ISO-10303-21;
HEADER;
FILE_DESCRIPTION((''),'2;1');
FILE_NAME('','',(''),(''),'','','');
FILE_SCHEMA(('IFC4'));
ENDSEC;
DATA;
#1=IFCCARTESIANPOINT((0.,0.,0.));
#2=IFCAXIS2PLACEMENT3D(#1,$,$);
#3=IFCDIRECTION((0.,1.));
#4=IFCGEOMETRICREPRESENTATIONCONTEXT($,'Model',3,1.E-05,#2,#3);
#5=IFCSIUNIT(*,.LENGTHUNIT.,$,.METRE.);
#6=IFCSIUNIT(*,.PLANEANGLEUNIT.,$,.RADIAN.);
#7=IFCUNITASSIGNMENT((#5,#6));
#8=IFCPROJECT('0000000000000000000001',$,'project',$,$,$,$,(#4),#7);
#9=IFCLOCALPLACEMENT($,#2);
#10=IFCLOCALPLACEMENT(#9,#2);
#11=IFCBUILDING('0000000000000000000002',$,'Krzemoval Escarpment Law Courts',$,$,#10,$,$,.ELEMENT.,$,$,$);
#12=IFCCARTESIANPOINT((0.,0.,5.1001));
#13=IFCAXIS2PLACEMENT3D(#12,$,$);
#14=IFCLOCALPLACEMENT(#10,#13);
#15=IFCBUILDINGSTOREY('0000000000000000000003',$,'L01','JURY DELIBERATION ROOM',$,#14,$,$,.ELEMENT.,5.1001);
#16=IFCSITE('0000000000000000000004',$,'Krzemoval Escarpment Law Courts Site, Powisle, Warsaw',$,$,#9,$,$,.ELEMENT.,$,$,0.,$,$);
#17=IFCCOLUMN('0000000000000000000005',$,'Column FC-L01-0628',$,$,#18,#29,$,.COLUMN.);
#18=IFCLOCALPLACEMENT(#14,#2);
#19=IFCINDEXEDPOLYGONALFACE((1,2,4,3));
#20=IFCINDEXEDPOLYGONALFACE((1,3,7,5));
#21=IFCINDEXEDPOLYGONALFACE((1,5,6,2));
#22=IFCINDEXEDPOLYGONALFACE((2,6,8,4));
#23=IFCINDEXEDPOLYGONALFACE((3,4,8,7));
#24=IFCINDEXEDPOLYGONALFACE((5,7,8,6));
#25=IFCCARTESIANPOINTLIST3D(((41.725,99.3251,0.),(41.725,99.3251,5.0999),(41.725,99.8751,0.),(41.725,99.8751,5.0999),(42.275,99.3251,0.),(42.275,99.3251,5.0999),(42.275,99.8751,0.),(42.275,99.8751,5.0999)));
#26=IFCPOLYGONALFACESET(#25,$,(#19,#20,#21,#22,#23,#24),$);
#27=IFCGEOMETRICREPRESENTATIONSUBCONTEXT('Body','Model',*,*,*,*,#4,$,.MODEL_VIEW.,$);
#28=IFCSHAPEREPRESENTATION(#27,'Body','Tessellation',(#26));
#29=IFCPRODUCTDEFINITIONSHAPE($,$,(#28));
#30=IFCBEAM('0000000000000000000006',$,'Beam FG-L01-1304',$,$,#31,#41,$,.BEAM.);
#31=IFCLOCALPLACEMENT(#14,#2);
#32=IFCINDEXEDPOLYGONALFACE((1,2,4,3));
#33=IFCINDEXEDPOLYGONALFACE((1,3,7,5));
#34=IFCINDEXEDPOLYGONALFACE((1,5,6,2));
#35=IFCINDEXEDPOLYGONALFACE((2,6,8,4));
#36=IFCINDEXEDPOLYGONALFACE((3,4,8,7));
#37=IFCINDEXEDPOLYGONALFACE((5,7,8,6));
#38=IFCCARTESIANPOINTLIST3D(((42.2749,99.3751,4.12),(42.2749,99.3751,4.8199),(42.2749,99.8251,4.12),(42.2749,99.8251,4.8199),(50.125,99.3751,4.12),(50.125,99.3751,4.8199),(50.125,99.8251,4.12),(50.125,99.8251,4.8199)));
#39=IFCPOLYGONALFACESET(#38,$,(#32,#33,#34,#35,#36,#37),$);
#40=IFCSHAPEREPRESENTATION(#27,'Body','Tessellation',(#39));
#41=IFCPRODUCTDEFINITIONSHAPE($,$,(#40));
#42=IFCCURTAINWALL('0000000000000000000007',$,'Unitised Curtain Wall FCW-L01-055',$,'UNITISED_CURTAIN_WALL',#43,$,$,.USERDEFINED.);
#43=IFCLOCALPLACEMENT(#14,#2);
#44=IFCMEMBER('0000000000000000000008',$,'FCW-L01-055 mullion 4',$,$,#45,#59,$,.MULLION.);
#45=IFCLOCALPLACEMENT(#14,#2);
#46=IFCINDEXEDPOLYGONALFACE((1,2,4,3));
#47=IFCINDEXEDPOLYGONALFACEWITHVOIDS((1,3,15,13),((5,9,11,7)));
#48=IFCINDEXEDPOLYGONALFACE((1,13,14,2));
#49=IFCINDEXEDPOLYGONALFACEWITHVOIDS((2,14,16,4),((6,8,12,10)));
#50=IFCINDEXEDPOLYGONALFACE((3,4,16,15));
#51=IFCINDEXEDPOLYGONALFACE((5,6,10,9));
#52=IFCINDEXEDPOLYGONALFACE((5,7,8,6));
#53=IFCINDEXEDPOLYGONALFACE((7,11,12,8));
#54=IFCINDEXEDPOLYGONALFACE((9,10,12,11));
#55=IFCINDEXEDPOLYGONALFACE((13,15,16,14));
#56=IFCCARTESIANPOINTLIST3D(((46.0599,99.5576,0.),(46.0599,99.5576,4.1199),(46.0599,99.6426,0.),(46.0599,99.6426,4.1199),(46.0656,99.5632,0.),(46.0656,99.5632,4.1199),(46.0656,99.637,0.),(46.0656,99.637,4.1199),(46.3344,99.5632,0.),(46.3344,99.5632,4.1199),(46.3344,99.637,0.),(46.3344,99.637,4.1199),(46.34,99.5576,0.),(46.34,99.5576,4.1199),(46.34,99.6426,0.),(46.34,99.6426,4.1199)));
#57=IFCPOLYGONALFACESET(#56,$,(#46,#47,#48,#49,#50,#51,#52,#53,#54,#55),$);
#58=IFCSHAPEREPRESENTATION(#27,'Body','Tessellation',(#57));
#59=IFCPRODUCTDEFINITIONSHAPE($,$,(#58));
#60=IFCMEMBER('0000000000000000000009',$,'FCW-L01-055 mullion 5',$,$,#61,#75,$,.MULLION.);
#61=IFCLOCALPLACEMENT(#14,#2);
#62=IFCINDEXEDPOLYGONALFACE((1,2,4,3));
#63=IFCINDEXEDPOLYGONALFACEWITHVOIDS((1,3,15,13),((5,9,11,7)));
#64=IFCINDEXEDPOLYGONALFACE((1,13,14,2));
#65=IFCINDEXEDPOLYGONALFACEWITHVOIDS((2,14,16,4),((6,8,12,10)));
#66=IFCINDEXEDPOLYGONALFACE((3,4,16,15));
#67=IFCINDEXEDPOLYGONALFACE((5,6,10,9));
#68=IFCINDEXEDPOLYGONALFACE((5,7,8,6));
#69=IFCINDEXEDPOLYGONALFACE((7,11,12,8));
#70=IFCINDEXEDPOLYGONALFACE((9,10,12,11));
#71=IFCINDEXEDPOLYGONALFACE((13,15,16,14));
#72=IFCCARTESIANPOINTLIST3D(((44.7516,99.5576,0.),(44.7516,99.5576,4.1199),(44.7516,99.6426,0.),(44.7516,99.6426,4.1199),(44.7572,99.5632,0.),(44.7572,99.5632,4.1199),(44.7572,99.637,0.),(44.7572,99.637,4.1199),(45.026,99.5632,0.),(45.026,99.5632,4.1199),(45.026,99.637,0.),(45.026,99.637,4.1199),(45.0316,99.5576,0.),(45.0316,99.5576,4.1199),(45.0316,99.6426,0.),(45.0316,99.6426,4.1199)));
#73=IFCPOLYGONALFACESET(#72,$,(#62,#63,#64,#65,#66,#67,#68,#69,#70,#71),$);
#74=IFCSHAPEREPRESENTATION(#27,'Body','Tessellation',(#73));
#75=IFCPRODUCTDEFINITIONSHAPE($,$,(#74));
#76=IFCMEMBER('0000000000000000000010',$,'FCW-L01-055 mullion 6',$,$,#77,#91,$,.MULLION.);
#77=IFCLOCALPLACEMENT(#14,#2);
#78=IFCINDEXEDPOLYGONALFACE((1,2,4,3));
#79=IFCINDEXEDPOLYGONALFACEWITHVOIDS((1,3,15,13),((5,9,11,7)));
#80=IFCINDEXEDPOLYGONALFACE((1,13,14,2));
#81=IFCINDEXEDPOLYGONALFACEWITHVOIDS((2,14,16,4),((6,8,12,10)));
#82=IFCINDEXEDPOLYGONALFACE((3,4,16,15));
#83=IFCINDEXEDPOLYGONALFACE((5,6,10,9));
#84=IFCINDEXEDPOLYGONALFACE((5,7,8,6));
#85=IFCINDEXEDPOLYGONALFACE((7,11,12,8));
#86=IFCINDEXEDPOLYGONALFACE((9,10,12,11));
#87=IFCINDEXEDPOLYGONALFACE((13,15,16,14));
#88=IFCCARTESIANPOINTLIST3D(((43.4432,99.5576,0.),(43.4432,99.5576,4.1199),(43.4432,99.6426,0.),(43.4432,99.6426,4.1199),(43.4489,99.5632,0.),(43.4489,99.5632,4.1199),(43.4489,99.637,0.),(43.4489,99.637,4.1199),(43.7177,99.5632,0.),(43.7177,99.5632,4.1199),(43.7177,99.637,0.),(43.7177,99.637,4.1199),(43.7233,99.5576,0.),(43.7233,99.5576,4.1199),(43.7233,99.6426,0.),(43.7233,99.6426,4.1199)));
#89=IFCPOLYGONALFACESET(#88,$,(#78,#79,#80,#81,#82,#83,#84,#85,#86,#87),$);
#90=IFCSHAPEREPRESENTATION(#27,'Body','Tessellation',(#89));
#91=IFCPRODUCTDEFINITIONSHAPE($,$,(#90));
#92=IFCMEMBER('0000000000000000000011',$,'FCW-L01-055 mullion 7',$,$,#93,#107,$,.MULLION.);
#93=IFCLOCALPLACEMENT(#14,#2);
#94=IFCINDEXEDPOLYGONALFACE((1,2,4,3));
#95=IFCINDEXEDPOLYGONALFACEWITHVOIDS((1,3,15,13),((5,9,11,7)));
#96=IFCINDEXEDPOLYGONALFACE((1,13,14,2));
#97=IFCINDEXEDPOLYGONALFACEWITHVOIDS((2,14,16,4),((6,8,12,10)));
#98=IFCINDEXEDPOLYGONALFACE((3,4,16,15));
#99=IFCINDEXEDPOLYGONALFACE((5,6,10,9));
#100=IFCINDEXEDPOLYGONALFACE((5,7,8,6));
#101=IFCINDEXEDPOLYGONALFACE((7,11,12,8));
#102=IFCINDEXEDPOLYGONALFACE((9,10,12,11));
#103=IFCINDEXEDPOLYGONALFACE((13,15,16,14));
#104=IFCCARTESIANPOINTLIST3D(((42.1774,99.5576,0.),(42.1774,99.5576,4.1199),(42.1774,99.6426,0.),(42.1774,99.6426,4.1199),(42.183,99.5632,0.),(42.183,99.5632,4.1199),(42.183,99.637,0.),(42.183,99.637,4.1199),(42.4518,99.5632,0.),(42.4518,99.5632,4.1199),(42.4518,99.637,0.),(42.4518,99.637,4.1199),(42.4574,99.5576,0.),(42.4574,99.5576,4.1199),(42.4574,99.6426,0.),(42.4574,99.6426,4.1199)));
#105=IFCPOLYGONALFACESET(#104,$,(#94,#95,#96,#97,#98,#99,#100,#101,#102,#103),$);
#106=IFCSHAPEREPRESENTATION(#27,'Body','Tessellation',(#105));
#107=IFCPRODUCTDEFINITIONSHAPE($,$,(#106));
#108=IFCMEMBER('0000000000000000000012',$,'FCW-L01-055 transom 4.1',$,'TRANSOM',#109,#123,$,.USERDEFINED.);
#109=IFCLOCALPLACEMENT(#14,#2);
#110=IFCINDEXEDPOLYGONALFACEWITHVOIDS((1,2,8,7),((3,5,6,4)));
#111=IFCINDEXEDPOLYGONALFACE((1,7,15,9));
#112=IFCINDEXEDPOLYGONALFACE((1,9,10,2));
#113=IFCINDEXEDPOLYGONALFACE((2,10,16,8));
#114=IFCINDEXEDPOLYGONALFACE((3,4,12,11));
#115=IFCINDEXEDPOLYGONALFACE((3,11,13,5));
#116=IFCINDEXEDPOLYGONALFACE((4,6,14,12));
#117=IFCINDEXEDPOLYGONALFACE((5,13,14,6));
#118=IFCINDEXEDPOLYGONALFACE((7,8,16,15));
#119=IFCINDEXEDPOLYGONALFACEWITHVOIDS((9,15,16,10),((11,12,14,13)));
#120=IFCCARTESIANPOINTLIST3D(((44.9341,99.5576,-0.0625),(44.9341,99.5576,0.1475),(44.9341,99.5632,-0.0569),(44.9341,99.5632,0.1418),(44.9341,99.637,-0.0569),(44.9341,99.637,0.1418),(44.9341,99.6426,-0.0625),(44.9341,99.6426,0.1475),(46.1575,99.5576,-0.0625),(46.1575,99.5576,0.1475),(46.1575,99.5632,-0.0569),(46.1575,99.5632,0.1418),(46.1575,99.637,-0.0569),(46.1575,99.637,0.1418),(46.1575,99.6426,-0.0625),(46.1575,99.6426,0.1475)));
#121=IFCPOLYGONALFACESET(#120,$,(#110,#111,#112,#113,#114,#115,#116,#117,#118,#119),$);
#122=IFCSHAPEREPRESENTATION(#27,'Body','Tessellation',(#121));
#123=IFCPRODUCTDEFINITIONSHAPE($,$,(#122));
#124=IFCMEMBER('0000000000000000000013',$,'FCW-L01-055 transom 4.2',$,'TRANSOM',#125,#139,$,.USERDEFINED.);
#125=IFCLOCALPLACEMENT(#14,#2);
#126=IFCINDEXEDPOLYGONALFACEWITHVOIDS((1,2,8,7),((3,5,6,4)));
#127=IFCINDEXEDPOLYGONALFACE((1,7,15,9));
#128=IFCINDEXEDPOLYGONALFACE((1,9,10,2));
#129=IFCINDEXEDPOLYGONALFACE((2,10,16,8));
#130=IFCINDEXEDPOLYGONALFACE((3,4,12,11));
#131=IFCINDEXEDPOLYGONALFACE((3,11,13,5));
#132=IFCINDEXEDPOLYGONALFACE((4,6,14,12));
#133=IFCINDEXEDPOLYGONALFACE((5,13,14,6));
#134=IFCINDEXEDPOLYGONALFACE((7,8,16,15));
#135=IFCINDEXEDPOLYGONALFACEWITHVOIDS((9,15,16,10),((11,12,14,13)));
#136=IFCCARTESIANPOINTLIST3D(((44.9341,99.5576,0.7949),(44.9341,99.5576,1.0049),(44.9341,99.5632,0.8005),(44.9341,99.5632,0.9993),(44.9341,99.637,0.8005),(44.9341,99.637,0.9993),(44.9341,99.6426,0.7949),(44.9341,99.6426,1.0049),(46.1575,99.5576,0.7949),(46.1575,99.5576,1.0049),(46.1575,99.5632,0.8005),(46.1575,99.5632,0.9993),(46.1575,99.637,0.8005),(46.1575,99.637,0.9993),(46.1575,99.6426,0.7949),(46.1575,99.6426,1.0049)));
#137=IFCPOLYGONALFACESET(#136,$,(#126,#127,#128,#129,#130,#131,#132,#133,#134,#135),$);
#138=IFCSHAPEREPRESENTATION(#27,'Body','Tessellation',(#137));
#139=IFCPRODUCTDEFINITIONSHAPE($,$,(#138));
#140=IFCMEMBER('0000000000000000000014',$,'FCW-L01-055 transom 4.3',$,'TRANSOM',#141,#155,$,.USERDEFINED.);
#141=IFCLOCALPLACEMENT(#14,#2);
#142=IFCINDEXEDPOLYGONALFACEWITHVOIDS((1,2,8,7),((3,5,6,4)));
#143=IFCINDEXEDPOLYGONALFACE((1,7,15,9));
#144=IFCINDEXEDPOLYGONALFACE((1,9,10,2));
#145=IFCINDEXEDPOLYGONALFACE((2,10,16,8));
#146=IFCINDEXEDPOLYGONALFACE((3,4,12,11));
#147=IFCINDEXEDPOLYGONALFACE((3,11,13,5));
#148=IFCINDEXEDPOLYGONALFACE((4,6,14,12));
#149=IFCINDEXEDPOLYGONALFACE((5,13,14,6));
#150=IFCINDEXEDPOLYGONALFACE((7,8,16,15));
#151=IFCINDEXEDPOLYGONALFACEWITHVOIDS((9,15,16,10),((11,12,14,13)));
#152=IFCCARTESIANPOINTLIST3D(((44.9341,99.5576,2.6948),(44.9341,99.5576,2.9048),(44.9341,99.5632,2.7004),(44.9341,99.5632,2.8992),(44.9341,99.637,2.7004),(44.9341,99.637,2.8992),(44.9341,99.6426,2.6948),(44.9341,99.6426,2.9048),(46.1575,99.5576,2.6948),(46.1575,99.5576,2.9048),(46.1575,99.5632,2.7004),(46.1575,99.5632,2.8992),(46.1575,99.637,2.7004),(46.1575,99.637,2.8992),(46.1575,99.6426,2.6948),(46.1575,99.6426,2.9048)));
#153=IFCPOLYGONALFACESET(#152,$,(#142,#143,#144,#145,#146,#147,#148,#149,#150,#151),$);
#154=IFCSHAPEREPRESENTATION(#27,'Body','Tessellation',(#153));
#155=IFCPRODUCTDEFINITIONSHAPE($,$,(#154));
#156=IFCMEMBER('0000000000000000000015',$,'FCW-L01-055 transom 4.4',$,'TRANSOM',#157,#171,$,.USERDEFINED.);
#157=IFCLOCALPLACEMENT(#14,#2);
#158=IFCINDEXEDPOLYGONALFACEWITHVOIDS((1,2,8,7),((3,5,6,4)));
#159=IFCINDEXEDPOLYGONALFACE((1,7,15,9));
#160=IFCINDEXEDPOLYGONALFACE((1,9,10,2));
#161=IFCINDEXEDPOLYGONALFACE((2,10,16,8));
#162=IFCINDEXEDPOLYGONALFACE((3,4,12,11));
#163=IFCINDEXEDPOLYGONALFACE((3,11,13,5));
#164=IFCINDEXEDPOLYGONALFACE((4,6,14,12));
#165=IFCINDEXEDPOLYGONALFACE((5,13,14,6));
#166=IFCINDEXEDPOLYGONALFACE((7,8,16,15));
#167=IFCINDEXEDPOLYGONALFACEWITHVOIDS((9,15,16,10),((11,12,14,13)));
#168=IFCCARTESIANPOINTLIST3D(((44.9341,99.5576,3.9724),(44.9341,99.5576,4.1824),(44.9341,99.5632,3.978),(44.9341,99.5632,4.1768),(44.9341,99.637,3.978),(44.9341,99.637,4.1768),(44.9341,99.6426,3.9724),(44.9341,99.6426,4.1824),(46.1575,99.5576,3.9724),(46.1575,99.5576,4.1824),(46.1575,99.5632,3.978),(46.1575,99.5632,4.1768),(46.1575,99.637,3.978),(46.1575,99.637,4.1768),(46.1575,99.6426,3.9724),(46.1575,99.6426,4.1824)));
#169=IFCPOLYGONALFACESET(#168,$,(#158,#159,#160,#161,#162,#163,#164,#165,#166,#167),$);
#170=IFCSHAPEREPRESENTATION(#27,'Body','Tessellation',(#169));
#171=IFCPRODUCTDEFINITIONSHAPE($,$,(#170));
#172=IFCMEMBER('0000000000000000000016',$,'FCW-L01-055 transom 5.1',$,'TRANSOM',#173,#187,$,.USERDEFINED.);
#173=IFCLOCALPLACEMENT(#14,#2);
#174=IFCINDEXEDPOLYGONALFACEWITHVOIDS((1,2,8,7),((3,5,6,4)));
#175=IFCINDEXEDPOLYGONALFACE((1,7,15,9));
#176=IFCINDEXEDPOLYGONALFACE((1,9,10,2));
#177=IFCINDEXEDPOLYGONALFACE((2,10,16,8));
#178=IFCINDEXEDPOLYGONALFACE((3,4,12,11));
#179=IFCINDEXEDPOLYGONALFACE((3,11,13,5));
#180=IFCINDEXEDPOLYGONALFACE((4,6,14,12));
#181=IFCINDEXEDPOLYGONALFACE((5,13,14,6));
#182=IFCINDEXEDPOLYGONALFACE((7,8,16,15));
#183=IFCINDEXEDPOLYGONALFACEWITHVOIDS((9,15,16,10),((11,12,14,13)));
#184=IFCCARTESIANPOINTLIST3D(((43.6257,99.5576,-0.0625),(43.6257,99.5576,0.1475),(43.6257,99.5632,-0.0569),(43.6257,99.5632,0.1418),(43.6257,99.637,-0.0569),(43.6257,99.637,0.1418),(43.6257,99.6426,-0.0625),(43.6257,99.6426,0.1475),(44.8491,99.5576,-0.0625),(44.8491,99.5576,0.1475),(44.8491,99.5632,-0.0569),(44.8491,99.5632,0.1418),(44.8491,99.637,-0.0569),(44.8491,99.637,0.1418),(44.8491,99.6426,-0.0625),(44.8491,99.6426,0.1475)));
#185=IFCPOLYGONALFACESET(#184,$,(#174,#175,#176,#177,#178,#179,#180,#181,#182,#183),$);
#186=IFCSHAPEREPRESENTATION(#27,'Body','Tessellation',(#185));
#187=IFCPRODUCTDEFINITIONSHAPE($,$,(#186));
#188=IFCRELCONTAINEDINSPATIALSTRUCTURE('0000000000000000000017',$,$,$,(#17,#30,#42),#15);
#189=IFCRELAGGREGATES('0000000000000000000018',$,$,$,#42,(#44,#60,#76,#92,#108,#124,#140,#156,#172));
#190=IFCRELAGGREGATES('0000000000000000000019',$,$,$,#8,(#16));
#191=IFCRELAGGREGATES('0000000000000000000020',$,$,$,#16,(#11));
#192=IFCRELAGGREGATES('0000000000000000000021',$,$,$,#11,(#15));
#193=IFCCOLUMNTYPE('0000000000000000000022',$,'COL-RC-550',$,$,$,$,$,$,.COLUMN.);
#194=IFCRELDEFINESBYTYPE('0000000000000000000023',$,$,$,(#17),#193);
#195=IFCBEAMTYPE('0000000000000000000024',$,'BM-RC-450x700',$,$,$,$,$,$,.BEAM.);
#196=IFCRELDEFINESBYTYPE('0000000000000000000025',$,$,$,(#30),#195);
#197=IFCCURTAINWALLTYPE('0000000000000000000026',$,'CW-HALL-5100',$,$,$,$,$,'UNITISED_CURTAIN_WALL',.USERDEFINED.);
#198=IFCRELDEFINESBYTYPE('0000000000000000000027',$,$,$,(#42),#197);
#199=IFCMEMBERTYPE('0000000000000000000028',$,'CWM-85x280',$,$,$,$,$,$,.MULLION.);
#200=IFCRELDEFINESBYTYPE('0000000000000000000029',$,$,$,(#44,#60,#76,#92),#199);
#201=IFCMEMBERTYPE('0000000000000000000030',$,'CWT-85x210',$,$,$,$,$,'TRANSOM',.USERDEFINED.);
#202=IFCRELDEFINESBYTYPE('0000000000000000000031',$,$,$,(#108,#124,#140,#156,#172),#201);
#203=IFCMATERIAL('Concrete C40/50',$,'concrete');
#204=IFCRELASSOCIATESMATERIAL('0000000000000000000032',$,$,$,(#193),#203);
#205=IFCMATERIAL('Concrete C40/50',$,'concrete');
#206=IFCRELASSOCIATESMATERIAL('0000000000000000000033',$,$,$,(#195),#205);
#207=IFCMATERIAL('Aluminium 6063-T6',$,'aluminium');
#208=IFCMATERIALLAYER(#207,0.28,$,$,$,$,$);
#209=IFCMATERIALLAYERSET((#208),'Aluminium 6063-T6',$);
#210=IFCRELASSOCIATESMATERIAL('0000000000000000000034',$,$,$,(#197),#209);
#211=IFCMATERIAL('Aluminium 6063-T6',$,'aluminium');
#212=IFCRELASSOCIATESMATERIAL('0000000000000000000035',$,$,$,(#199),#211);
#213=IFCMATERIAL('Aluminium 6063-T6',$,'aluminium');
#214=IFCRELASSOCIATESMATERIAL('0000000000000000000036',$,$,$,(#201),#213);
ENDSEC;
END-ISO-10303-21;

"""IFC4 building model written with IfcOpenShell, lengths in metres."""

from ifc_helpers import new_model, si_unit, direction, frame, origin, origin_2d, place, context, subcontext, project, spatial, rectangle, hollow_rectangle, extrude, material, layer, layer_set, material_profile, profile_set, type_object, element, aggregate, save


model = new_model("IFC4")

# Units and contexts
model_context = context("Model", 3, precision=1e-05, world=origin(), true_north=direction((0.0, 1.0)))
body_context = subcontext(model_context, "Body", "Model", "MODEL_VIEW")
ifc_project = project(units=[si_unit("LENGTHUNIT", "METRE"), si_unit("PLANEANGLEUNIT", "RADIAN")], contexts=[model_context])

# Site, building, storey
site_placement = place(None, origin())
site = spatial("IfcSite", under=ifc_project, at=site_placement, Name="Krzemoval Escarpment Law Courts Site, Powisle, Warsaw", CompositionType="ELEMENT", RefElevation=0.0)
building_placement = place(site_placement, origin())
building = spatial("IfcBuilding", under=site, at=building_placement, Name="Krzemoval Escarpment Law Courts", CompositionType="ELEMENT")
storey_placement = place(building_placement, frame((0.0, 0.0, 5.1001)))
storey = spatial("IfcBuildingStorey", under=building, at=storey_placement, Name="L01", Description="JURY DELIBERATION ROOM", CompositionType="ELEMENT", Elevation=5.1001)

# Column
ifc_material_1 = material(Name="Concrete C40/50", Category="concrete")
ifc_material_profile_1 = material_profile(ifc_material_1, rectangle(XDim=0.55, YDim=0.55, at=origin_2d()), Name="RC 550x550")
ifc_profile_set_1 = profile_set([ifc_material_profile_1], Name="Concrete C40/50")
column_type = type_object("IfcColumnType", Name="COL-RC-550", PredefinedType="COLUMN", material=ifc_profile_set_1)
column_placement = place(storey_placement, frame((42.0, 99.6001, 0.0), z_axis=(0.0, 0.0, 1.0), x_axis=(1.0, 0.0, 0.0)))
element("IfcColumn", 1, at=column_placement, inside=storey, type_object=column_type, Name="Column FC-L01-0628", PredefinedType="COLUMN", context=body_context, shape_type="SweptSolid", body=[
    extrude(rectangle(XDim=0.55, YDim=0.55, at=origin_2d()), origin(), (0.0, 0.0, 1.0), 5.0999),
])

# Beam
ifc_material_2 = material(Name="Concrete C40/50", Category="concrete")
ifc_material_profile_2 = material_profile(ifc_material_2, rectangle(XDim=0.45, YDim=0.7, at=origin_2d()), Name="RCB 450x700")
ifc_profile_set_2 = profile_set([ifc_material_profile_2], Name="Concrete C40/50")
beam_type = type_object("IfcBeamType", Name="BM-RC-450x700", PredefinedType="BEAM", material=ifc_profile_set_2)
beam_placement = place(storey_placement, frame((42.2749, 99.6001, 4.47), z_axis=(1.0, 0.0, 0.0), x_axis=(0.0, 1.0, 0.0)))
element("IfcBeam", 2, at=beam_placement, inside=storey, type_object=beam_type, Name="Beam FG-L01-1304", PredefinedType="BEAM", context=body_context, shape_type="SweptSolid", body=[
    extrude(rectangle(XDim=0.45, YDim=0.7, at=origin_2d()), origin(), (0.0, 0.0, 1.0), 7.8501),
])

# Curtain wall, members
ifc_material_3 = material(Name="Aluminium 6063-T6", Category="aluminium")
ifc_layer_1 = layer(ifc_material_3, 0.28)
ifc_layer_set_1 = layer_set([ifc_layer_1], Name="Aluminium 6063-T6")
curtain_wall_type = type_object("IfcCurtainWallType", Name="CW-HALL-5100", ElementType="UNITISED_CURTAIN_WALL", PredefinedType="USERDEFINED", material=ifc_layer_set_1)
curtain_wall_placement = place(storey_placement, origin())
curtain_wall = element("IfcCurtainWall", 3, at=curtain_wall_placement, inside=storey, type_object=curtain_wall_type, Name="Unitised Curtain Wall FCW-L01-055", ObjectType="UNITISED_CURTAIN_WALL", PredefinedType="USERDEFINED")
ifc_material_4 = material(Name="Aluminium 6063-T6", Category="aluminium")
ifc_material_profile_3 = material_profile(ifc_material_4, hollow_rectangle(XDim=0.085, YDim=0.28, WallThickness=0.0056, at=origin_2d()), Name="ALU M85x280")
ifc_profile_set_3 = profile_set([ifc_material_profile_3], Name="Aluminium 6063-T6")
member_type_1 = type_object("IfcMemberType", Name="CWM-85x280", PredefinedType="MULLION", material=ifc_profile_set_3)
member_1_placement = place(storey_placement, frame((46.2, 99.6001, 0.0), z_axis=(0.0, 0.0, 1.0), x_axis=(0.0, -1.0, 0.0)))
member_1 = element("IfcMember", 4, at=member_1_placement, type_object=member_type_1, Name="FCW-L01-055 mullion 4", PredefinedType="MULLION", context=body_context, shape_type="SweptSolid", body=[
    extrude(hollow_rectangle(XDim=0.085, YDim=0.28, WallThickness=0.0056, at=origin_2d()), origin(), (0.0, 0.0, 1.0), 4.1199),
])
member_2_placement = place(storey_placement, frame((44.8916, 99.6001, 0.0), z_axis=(0.0, 0.0, 1.0), x_axis=(0.0, -1.0, 0.0)))
member_2 = element("IfcMember", 5, at=member_2_placement, type_object=member_type_1, Name="FCW-L01-055 mullion 5", PredefinedType="MULLION", context=body_context, shape_type="SweptSolid", body=[
    extrude(hollow_rectangle(XDim=0.085, YDim=0.28, WallThickness=0.0056, at=origin_2d()), origin(), (0.0, 0.0, 1.0), 4.1199),
])
member_3_placement = place(storey_placement, frame((43.5833, 99.6001, 0.0), z_axis=(0.0, 0.0, 1.0), x_axis=(0.0, -1.0, 0.0)))
member_3 = element("IfcMember", 6, at=member_3_placement, type_object=member_type_1, Name="FCW-L01-055 mullion 6", PredefinedType="MULLION", context=body_context, shape_type="SweptSolid", body=[
    extrude(hollow_rectangle(XDim=0.085, YDim=0.28, WallThickness=0.0056, at=origin_2d()), origin(), (0.0, 0.0, 1.0), 4.1199),
])
member_4_placement = place(storey_placement, frame((42.3174, 99.6001, 0.0), z_axis=(0.0, 0.0, 1.0), x_axis=(0.0, -1.0, 0.0)))
member_4 = element("IfcMember", 7, at=member_4_placement, type_object=member_type_1, Name="FCW-L01-055 mullion 7", PredefinedType="MULLION", context=body_context, shape_type="SweptSolid", body=[
    extrude(hollow_rectangle(XDim=0.085, YDim=0.28, WallThickness=0.0056, at=origin_2d()), origin(), (0.0, 0.0, 1.0), 4.1199),
])
ifc_material_5 = material(Name="Aluminium 6063-T6", Category="aluminium")
ifc_material_profile_4 = material_profile(ifc_material_5, hollow_rectangle(XDim=0.085, YDim=0.21, WallThickness=0.0056, at=origin_2d()), Name="ALU T85x210")
ifc_profile_set_4 = profile_set([ifc_material_profile_4], Name="Aluminium 6063-T6")
member_type_2 = type_object("IfcMemberType", Name="CWT-85x210", ElementType="TRANSOM", PredefinedType="USERDEFINED", material=ifc_profile_set_4)
member_5_placement = place(storey_placement, frame((46.1575, 99.6001, 0.0425), z_axis=(-1.0, 0.0, 0.0), x_axis=(0.0, -1.0, 0.0)))
member_5 = element("IfcMember", 8, at=member_5_placement, type_object=member_type_2, Name="FCW-L01-055 transom 4.1", ObjectType="TRANSOM", PredefinedType="USERDEFINED", context=body_context, shape_type="SweptSolid", body=[
    extrude(hollow_rectangle(XDim=0.085, YDim=0.21, WallThickness=0.0056, at=origin_2d()), origin(), (0.0, 0.0, 1.0), 1.2234),
])
member_6_placement = place(storey_placement, frame((46.1575, 99.6001, 0.8999), z_axis=(-1.0, 0.0, 0.0), x_axis=(0.0, -1.0, 0.0)))
member_6 = element("IfcMember", 9, at=member_6_placement, type_object=member_type_2, Name="FCW-L01-055 transom 4.2", ObjectType="TRANSOM", PredefinedType="USERDEFINED", context=body_context, shape_type="SweptSolid", body=[
    extrude(hollow_rectangle(XDim=0.085, YDim=0.21, WallThickness=0.0056, at=origin_2d()), origin(), (0.0, 0.0, 1.0), 1.2234),
])
member_7_placement = place(storey_placement, frame((46.1575, 99.6001, 2.7998), z_axis=(-1.0, 0.0, 0.0), x_axis=(0.0, -1.0, 0.0)))
member_7 = element("IfcMember", 10, at=member_7_placement, type_object=member_type_2, Name="FCW-L01-055 transom 4.3", ObjectType="TRANSOM", PredefinedType="USERDEFINED", context=body_context, shape_type="SweptSolid", body=[
    extrude(hollow_rectangle(XDim=0.085, YDim=0.21, WallThickness=0.0056, at=origin_2d()), origin(), (0.0, 0.0, 1.0), 1.2234),
])
member_8_placement = place(storey_placement, frame((46.1575, 99.6001, 4.0774), z_axis=(-1.0, 0.0, 0.0), x_axis=(0.0, -1.0, 0.0)))
member_8 = element("IfcMember", 11, at=member_8_placement, type_object=member_type_2, Name="FCW-L01-055 transom 4.4", ObjectType="TRANSOM", PredefinedType="USERDEFINED", context=body_context, shape_type="SweptSolid", body=[
    extrude(hollow_rectangle(XDim=0.085, YDim=0.21, WallThickness=0.0056, at=origin_2d()), origin(), (0.0, 0.0, 1.0), 1.2234),
])
member_9_placement = place(storey_placement, frame((44.8491, 99.6001, 0.0425), z_axis=(-1.0, 0.0, 0.0), x_axis=(0.0, -1.0, 0.0)))
member_9 = element("IfcMember", 12, at=member_9_placement, type_object=member_type_2, Name="FCW-L01-055 transom 5.1", ObjectType="TRANSOM", PredefinedType="USERDEFINED", context=body_context, shape_type="SweptSolid", body=[
    extrude(hollow_rectangle(XDim=0.085, YDim=0.21, WallThickness=0.0056, at=origin_2d()), origin(), (0.0, 0.0, 1.0), 1.2234),
])
aggregate(curtain_wall, [member_1, member_2, member_3, member_4, member_5, member_6, member_7, member_8, member_9])

save(model, "model.ifc")
